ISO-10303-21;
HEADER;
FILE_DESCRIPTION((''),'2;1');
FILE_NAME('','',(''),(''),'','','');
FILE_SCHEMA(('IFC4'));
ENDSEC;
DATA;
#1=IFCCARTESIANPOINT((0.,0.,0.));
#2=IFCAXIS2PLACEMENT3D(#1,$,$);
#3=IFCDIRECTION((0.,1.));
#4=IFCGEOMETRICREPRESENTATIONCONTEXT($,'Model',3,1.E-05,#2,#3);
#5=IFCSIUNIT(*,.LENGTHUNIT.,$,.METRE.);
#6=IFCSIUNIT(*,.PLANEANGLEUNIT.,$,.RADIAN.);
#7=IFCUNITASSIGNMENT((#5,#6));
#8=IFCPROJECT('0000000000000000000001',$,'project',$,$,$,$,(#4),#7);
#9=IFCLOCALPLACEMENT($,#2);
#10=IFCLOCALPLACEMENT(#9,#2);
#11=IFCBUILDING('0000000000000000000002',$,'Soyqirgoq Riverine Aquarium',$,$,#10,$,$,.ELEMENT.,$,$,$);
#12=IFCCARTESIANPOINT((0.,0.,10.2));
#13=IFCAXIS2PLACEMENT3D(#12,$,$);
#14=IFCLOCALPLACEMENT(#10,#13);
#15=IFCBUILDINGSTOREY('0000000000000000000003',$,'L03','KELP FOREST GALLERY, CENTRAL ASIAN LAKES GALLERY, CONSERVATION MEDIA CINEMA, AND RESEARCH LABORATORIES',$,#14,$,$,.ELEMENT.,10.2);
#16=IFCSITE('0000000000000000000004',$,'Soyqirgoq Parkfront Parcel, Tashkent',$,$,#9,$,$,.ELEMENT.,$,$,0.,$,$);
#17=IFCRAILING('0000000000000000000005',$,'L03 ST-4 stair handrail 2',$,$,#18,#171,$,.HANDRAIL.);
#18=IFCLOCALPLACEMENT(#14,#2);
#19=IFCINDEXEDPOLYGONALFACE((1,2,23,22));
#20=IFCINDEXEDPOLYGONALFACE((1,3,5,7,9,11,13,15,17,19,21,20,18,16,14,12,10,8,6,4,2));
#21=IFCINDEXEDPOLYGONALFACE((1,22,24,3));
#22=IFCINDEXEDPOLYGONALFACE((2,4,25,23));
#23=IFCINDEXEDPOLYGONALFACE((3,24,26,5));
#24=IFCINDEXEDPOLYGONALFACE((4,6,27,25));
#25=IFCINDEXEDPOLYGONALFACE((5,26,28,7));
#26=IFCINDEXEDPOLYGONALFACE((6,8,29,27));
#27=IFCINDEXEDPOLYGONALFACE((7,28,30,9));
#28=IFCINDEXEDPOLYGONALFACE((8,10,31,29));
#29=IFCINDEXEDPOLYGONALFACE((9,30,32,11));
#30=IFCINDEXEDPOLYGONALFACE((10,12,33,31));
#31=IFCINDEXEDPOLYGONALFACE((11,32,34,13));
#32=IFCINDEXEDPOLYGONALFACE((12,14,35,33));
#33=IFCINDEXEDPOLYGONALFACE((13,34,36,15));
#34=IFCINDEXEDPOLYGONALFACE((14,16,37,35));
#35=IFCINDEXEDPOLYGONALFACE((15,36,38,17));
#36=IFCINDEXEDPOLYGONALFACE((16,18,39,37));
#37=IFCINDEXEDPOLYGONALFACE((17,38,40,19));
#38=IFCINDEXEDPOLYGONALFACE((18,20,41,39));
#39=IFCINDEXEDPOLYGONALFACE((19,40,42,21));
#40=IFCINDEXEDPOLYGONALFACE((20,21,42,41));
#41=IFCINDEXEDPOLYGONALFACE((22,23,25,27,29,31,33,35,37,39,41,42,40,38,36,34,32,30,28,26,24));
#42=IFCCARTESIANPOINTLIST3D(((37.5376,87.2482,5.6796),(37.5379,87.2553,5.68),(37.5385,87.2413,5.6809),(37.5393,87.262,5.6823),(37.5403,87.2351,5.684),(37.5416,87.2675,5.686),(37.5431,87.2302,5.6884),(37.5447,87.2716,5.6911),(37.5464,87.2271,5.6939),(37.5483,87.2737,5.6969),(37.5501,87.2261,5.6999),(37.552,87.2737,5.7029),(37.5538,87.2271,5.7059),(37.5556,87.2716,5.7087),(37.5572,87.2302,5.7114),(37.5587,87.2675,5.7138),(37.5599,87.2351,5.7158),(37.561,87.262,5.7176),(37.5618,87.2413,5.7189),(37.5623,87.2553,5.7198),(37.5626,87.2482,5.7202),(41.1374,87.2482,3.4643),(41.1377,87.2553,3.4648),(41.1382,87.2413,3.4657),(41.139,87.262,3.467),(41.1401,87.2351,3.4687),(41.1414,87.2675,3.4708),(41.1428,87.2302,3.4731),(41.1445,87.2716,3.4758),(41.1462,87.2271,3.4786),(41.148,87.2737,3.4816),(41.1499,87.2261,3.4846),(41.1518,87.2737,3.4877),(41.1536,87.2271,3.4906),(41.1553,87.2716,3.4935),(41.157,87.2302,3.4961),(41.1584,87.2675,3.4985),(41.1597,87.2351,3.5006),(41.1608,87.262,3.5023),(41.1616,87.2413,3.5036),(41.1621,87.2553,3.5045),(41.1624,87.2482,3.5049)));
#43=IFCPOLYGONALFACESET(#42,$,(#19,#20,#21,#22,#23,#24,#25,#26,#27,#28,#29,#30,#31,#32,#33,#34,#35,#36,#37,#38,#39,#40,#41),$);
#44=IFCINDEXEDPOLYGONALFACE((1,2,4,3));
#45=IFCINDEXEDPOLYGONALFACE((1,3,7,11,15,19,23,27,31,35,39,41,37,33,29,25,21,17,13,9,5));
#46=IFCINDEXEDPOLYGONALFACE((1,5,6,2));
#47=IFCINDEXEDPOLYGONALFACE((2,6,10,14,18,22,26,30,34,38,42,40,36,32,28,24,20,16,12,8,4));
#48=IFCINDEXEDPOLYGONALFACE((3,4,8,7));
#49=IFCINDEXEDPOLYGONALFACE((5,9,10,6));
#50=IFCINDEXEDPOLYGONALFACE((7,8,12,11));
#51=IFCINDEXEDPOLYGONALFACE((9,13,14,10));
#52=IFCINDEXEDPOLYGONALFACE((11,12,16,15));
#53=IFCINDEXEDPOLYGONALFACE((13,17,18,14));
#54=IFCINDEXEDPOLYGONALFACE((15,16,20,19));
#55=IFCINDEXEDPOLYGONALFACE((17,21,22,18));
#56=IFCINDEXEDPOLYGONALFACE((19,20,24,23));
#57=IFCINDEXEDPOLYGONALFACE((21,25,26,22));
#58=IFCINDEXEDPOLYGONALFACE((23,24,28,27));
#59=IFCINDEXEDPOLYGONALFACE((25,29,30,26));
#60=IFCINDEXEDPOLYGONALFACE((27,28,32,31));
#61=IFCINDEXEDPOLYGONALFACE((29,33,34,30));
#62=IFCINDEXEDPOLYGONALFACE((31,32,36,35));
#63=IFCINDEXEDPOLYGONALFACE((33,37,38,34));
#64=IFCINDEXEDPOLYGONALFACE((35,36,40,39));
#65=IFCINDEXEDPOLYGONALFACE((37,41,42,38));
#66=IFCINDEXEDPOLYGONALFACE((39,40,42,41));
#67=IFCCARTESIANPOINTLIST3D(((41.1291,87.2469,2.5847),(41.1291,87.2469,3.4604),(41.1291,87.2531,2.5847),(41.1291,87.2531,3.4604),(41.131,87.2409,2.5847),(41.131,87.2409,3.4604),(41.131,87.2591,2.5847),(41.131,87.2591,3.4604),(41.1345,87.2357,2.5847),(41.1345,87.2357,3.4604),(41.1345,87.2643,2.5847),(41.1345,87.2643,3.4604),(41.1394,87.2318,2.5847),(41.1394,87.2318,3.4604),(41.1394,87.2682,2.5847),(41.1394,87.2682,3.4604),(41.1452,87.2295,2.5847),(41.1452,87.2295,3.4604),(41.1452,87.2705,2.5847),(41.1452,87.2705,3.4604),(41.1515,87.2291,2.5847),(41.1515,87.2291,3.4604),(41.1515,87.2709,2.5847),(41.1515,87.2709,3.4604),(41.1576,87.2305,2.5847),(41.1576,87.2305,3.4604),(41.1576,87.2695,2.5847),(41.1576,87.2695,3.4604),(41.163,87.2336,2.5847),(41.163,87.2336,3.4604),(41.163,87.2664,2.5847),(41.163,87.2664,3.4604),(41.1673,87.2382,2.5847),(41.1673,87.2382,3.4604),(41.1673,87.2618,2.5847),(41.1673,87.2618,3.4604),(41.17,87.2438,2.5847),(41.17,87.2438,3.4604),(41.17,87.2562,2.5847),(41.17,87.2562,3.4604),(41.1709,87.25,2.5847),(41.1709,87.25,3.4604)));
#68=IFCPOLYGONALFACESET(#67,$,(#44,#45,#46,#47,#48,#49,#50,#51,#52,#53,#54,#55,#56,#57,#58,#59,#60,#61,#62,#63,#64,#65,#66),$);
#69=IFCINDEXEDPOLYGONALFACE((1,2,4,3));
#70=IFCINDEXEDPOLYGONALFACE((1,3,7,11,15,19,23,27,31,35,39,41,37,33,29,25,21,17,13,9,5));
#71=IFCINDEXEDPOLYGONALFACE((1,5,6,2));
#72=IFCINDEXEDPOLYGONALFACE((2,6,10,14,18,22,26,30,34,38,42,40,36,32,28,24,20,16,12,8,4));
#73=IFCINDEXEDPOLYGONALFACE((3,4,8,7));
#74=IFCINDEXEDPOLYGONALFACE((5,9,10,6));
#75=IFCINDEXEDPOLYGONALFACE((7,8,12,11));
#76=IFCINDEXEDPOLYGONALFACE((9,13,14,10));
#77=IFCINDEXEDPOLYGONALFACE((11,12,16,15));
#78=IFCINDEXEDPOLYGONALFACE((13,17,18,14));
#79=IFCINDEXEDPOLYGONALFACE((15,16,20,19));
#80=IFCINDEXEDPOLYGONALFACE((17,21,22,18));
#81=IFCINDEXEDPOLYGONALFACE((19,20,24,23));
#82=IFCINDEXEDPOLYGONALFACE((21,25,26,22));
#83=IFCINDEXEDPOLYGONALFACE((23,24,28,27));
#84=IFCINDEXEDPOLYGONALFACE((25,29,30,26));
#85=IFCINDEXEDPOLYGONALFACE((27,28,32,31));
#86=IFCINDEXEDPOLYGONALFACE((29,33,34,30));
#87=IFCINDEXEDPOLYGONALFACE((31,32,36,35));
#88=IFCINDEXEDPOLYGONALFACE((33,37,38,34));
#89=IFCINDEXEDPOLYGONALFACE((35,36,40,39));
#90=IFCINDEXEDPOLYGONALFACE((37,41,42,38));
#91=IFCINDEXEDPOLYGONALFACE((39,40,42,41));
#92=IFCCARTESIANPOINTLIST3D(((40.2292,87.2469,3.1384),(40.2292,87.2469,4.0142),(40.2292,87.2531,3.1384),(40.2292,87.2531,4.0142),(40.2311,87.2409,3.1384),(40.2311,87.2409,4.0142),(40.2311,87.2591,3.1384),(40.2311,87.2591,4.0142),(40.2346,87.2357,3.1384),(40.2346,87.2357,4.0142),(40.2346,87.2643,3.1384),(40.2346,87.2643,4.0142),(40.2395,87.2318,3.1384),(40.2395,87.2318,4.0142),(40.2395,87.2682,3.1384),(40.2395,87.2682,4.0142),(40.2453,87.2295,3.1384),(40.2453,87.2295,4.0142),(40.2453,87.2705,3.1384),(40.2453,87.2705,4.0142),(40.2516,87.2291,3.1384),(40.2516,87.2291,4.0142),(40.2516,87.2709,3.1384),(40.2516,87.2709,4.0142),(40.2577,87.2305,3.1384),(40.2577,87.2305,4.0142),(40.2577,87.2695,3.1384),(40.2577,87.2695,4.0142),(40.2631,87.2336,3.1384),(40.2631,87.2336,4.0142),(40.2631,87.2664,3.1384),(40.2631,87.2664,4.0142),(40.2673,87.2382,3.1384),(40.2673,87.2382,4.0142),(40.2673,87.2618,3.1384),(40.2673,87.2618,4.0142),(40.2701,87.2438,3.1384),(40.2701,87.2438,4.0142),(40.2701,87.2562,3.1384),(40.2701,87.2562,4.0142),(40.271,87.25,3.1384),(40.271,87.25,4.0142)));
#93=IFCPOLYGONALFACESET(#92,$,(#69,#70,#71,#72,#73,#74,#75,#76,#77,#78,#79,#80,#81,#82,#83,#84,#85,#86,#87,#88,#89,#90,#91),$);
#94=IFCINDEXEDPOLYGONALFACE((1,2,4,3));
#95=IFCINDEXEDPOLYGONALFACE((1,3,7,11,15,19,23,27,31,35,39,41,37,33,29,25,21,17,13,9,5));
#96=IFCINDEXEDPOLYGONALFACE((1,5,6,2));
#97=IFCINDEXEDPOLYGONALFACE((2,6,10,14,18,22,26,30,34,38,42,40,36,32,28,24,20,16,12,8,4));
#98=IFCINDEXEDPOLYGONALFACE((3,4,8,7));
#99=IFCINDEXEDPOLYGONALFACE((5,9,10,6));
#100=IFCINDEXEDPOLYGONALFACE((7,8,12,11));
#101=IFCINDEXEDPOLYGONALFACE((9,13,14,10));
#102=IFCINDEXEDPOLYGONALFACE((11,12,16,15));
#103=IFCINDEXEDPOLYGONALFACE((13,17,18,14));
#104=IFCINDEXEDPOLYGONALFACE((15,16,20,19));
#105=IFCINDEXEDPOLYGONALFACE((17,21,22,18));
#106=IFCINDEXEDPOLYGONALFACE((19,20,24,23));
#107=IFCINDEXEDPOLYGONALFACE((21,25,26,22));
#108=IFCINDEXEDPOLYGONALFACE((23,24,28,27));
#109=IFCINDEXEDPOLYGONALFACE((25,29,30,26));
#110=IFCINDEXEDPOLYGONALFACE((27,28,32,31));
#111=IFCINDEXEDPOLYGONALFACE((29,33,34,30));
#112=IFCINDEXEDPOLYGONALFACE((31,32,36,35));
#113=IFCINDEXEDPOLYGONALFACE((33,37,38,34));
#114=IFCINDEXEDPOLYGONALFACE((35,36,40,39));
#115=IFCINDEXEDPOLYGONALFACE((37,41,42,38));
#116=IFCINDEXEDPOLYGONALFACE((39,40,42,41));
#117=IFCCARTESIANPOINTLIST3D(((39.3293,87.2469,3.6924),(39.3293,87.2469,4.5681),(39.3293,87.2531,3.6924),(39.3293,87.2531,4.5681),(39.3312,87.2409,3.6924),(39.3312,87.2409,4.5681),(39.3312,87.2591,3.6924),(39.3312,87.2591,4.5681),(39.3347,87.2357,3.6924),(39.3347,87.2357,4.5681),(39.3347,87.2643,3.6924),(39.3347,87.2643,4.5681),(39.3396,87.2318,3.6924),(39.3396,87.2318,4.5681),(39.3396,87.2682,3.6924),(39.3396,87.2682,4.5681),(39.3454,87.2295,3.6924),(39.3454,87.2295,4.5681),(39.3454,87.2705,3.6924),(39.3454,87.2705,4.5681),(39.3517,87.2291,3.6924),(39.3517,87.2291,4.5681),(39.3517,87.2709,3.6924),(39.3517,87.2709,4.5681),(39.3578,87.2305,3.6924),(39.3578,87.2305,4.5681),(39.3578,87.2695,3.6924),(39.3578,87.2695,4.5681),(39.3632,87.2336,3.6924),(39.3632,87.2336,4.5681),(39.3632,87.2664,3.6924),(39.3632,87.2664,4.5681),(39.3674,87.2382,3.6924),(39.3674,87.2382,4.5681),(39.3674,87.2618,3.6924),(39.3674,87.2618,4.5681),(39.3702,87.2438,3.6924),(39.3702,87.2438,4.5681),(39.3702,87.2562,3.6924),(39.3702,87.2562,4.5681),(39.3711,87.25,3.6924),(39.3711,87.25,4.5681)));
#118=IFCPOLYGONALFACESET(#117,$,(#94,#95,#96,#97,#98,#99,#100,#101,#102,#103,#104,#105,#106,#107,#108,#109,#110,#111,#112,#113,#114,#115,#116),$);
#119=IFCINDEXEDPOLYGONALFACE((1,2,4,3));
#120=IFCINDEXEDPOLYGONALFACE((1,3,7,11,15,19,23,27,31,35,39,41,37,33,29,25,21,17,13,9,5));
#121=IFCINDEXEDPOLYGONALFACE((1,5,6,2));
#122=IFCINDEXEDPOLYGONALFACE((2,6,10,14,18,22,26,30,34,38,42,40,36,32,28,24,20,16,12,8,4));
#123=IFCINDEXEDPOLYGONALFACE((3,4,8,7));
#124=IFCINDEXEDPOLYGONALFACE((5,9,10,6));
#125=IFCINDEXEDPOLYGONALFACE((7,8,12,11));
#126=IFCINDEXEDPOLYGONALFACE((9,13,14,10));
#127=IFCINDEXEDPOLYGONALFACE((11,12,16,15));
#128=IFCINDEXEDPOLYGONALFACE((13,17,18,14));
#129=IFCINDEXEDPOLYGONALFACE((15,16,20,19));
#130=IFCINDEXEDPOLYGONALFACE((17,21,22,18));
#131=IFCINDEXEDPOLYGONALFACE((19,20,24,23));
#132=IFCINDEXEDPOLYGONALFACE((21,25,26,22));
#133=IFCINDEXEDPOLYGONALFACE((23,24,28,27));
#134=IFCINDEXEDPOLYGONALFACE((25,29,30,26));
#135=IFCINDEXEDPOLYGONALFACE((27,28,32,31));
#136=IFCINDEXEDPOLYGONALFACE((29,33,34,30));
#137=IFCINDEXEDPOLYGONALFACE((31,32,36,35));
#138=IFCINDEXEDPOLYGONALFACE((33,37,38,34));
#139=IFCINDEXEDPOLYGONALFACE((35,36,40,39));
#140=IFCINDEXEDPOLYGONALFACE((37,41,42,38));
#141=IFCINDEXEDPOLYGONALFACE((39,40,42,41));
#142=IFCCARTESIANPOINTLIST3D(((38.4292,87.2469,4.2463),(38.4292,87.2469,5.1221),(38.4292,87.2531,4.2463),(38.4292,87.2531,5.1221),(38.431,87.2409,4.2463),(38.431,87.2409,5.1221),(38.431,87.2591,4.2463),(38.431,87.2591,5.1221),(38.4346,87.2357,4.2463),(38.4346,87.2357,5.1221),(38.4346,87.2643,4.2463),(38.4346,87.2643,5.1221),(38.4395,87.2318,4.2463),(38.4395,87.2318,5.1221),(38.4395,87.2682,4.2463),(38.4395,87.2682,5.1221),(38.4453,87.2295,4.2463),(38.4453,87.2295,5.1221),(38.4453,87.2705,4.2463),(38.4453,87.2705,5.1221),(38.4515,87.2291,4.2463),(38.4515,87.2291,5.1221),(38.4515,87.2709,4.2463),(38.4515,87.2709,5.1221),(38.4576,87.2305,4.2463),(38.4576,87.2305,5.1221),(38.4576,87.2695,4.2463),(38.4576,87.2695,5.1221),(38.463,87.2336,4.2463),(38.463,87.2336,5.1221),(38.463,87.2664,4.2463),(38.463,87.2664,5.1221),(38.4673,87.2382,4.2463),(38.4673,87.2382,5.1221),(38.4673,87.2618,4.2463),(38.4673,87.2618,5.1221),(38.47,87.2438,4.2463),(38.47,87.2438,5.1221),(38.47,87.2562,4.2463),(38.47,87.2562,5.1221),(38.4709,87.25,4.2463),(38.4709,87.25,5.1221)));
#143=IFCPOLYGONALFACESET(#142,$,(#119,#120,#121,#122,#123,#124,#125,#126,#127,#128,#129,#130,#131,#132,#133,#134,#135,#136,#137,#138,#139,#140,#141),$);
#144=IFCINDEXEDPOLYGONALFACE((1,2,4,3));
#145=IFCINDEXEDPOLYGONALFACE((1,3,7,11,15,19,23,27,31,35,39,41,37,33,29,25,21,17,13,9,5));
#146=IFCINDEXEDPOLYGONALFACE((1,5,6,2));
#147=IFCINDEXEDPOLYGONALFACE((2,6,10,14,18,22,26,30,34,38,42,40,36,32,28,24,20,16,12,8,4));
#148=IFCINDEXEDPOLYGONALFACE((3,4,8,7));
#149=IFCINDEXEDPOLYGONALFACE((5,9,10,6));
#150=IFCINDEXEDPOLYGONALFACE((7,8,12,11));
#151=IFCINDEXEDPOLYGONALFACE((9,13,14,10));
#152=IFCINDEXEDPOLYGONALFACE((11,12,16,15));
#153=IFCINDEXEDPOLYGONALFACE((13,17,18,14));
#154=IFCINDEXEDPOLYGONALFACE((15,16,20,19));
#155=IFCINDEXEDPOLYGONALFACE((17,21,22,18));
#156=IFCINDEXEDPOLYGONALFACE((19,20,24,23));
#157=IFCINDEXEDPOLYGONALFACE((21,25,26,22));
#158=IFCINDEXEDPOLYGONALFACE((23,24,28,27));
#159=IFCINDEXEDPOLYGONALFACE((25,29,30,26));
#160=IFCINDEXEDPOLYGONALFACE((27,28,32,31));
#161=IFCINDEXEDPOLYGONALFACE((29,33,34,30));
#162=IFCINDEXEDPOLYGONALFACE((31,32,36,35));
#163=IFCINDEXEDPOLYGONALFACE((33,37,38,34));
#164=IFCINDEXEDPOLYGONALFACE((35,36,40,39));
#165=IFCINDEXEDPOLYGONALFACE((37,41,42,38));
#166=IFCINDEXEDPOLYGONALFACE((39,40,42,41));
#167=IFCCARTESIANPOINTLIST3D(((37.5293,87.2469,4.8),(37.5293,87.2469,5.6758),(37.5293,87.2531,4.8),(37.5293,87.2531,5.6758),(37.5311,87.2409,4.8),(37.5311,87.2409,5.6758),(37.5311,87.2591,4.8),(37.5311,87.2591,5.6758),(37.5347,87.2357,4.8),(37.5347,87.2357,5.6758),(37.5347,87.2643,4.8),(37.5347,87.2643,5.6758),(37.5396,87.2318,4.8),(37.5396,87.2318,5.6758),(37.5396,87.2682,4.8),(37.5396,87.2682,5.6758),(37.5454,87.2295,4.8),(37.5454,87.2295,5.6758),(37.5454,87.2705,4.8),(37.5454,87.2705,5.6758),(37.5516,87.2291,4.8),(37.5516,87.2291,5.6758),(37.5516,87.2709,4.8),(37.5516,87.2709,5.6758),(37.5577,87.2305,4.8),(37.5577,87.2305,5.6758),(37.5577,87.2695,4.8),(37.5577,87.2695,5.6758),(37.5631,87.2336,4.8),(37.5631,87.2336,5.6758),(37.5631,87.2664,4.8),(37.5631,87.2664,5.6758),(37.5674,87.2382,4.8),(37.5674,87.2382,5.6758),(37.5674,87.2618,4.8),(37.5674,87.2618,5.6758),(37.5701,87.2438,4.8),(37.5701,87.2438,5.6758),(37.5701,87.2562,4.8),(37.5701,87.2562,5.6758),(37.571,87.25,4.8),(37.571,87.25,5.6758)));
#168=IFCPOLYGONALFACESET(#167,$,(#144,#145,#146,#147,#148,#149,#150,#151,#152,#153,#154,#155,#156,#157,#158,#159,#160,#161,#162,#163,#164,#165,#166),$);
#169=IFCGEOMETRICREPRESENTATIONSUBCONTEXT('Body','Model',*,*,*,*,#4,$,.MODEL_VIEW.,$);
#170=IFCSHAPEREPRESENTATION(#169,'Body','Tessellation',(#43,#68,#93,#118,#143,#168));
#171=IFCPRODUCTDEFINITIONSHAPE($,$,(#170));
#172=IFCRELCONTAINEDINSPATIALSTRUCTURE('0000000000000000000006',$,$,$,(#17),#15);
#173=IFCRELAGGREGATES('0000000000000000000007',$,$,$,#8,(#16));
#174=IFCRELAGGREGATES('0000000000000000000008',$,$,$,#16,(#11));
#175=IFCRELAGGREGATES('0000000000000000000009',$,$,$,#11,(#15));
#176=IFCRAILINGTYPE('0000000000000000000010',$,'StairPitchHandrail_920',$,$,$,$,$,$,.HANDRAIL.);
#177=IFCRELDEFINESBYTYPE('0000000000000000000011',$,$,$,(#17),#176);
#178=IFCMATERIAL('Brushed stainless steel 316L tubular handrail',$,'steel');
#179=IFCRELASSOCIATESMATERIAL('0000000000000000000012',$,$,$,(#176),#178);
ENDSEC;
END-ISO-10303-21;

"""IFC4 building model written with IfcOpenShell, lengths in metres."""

from ifc_helpers import new_model, si_unit, direction, frame, origin, origin_2d, place, context, subcontext, project, spatial, circle, extrude, material, type_object, element, save


model = new_model("IFC4")

# Units and contexts
model_context = context("Model", 3, precision=1e-05, world=origin(), true_north=direction((0.0, 1.0)))
body_context = subcontext(model_context, "Body", "Model", "MODEL_VIEW")
ifc_project = project(units=[si_unit("LENGTHUNIT", "METRE"), si_unit("PLANEANGLEUNIT", "RADIAN")], contexts=[model_context])

# Site, building, storey
site_placement = place(None, origin())
site = spatial("IfcSite", under=ifc_project, at=site_placement, Name="Soyqirgoq Parkfront Parcel, Tashkent", CompositionType="ELEMENT", RefElevation=0.0)
building_placement = place(site_placement, origin())
building = spatial("IfcBuilding", under=site, at=building_placement, Name="Soyqirgoq Riverine Aquarium", CompositionType="ELEMENT")
storey_placement = place(building_placement, frame((0.0, 0.0, 10.2)))
storey = spatial("IfcBuildingStorey", under=building, at=storey_placement, Name="L03", Description="KELP FOREST GALLERY, CENTRAL ASIAN LAKES GALLERY, CONSERVATION MEDIA CINEMA, AND RESEARCH LABORATORIES", CompositionType="ELEMENT", Elevation=10.2)

# Railing
ifc_material_1 = material(Name="Brushed stainless steel 316L tubular handrail", Category="steel")
railing_type_1 = type_object("IfcRailingType", Name="StairPitchHandrail_920", PredefinedType="HANDRAIL", material=ifc_material_1)
railing_1_placement = place(storey_placement, frame((41.1499, 87.25, 2.5847)))
element("IfcRailing", 1, at=railing_1_placement, inside=storey, type_object=railing_type_1, Name="L03 ST-4 stair handrail 2", PredefinedType="HANDRAIL", context=body_context, shape_type="SweptSolid", body=[
    extrude(circle(Radius=0.0239, at=origin_2d()), frame((0.0, 0.0, 0.8999), z_axis=(-0.851654, 0.0, 0.524104), x_axis=(0.0, -1.0, 0.0)), (0.0, 0.0, 1.0), 4.2268),
    extrude(circle(Radius=0.021, at=origin_2d()), origin(), (0.0, 0.0, 1.0), 0.8757),
    extrude(circle(Radius=0.021, at=origin_2d()), frame((-0.8999, 0.0, 0.5537)), (0.0, 0.0, 1.0), 0.8757),
    extrude(circle(Radius=0.021, at=origin_2d()), frame((-1.7998, 0.0, 1.1077)), (0.0, 0.0, 1.0), 0.8757),
    extrude(circle(Radius=0.021, at=origin_2d()), frame((-2.7, 0.0, 1.6616)), (0.0, 0.0, 1.0), 0.8757),
    extrude(circle(Radius=0.021, at=origin_2d()), frame((-3.5999, 0.0, 2.2153)), (0.0, 0.0, 1.0), 0.8757),
])

save(model, "model.ifc")
